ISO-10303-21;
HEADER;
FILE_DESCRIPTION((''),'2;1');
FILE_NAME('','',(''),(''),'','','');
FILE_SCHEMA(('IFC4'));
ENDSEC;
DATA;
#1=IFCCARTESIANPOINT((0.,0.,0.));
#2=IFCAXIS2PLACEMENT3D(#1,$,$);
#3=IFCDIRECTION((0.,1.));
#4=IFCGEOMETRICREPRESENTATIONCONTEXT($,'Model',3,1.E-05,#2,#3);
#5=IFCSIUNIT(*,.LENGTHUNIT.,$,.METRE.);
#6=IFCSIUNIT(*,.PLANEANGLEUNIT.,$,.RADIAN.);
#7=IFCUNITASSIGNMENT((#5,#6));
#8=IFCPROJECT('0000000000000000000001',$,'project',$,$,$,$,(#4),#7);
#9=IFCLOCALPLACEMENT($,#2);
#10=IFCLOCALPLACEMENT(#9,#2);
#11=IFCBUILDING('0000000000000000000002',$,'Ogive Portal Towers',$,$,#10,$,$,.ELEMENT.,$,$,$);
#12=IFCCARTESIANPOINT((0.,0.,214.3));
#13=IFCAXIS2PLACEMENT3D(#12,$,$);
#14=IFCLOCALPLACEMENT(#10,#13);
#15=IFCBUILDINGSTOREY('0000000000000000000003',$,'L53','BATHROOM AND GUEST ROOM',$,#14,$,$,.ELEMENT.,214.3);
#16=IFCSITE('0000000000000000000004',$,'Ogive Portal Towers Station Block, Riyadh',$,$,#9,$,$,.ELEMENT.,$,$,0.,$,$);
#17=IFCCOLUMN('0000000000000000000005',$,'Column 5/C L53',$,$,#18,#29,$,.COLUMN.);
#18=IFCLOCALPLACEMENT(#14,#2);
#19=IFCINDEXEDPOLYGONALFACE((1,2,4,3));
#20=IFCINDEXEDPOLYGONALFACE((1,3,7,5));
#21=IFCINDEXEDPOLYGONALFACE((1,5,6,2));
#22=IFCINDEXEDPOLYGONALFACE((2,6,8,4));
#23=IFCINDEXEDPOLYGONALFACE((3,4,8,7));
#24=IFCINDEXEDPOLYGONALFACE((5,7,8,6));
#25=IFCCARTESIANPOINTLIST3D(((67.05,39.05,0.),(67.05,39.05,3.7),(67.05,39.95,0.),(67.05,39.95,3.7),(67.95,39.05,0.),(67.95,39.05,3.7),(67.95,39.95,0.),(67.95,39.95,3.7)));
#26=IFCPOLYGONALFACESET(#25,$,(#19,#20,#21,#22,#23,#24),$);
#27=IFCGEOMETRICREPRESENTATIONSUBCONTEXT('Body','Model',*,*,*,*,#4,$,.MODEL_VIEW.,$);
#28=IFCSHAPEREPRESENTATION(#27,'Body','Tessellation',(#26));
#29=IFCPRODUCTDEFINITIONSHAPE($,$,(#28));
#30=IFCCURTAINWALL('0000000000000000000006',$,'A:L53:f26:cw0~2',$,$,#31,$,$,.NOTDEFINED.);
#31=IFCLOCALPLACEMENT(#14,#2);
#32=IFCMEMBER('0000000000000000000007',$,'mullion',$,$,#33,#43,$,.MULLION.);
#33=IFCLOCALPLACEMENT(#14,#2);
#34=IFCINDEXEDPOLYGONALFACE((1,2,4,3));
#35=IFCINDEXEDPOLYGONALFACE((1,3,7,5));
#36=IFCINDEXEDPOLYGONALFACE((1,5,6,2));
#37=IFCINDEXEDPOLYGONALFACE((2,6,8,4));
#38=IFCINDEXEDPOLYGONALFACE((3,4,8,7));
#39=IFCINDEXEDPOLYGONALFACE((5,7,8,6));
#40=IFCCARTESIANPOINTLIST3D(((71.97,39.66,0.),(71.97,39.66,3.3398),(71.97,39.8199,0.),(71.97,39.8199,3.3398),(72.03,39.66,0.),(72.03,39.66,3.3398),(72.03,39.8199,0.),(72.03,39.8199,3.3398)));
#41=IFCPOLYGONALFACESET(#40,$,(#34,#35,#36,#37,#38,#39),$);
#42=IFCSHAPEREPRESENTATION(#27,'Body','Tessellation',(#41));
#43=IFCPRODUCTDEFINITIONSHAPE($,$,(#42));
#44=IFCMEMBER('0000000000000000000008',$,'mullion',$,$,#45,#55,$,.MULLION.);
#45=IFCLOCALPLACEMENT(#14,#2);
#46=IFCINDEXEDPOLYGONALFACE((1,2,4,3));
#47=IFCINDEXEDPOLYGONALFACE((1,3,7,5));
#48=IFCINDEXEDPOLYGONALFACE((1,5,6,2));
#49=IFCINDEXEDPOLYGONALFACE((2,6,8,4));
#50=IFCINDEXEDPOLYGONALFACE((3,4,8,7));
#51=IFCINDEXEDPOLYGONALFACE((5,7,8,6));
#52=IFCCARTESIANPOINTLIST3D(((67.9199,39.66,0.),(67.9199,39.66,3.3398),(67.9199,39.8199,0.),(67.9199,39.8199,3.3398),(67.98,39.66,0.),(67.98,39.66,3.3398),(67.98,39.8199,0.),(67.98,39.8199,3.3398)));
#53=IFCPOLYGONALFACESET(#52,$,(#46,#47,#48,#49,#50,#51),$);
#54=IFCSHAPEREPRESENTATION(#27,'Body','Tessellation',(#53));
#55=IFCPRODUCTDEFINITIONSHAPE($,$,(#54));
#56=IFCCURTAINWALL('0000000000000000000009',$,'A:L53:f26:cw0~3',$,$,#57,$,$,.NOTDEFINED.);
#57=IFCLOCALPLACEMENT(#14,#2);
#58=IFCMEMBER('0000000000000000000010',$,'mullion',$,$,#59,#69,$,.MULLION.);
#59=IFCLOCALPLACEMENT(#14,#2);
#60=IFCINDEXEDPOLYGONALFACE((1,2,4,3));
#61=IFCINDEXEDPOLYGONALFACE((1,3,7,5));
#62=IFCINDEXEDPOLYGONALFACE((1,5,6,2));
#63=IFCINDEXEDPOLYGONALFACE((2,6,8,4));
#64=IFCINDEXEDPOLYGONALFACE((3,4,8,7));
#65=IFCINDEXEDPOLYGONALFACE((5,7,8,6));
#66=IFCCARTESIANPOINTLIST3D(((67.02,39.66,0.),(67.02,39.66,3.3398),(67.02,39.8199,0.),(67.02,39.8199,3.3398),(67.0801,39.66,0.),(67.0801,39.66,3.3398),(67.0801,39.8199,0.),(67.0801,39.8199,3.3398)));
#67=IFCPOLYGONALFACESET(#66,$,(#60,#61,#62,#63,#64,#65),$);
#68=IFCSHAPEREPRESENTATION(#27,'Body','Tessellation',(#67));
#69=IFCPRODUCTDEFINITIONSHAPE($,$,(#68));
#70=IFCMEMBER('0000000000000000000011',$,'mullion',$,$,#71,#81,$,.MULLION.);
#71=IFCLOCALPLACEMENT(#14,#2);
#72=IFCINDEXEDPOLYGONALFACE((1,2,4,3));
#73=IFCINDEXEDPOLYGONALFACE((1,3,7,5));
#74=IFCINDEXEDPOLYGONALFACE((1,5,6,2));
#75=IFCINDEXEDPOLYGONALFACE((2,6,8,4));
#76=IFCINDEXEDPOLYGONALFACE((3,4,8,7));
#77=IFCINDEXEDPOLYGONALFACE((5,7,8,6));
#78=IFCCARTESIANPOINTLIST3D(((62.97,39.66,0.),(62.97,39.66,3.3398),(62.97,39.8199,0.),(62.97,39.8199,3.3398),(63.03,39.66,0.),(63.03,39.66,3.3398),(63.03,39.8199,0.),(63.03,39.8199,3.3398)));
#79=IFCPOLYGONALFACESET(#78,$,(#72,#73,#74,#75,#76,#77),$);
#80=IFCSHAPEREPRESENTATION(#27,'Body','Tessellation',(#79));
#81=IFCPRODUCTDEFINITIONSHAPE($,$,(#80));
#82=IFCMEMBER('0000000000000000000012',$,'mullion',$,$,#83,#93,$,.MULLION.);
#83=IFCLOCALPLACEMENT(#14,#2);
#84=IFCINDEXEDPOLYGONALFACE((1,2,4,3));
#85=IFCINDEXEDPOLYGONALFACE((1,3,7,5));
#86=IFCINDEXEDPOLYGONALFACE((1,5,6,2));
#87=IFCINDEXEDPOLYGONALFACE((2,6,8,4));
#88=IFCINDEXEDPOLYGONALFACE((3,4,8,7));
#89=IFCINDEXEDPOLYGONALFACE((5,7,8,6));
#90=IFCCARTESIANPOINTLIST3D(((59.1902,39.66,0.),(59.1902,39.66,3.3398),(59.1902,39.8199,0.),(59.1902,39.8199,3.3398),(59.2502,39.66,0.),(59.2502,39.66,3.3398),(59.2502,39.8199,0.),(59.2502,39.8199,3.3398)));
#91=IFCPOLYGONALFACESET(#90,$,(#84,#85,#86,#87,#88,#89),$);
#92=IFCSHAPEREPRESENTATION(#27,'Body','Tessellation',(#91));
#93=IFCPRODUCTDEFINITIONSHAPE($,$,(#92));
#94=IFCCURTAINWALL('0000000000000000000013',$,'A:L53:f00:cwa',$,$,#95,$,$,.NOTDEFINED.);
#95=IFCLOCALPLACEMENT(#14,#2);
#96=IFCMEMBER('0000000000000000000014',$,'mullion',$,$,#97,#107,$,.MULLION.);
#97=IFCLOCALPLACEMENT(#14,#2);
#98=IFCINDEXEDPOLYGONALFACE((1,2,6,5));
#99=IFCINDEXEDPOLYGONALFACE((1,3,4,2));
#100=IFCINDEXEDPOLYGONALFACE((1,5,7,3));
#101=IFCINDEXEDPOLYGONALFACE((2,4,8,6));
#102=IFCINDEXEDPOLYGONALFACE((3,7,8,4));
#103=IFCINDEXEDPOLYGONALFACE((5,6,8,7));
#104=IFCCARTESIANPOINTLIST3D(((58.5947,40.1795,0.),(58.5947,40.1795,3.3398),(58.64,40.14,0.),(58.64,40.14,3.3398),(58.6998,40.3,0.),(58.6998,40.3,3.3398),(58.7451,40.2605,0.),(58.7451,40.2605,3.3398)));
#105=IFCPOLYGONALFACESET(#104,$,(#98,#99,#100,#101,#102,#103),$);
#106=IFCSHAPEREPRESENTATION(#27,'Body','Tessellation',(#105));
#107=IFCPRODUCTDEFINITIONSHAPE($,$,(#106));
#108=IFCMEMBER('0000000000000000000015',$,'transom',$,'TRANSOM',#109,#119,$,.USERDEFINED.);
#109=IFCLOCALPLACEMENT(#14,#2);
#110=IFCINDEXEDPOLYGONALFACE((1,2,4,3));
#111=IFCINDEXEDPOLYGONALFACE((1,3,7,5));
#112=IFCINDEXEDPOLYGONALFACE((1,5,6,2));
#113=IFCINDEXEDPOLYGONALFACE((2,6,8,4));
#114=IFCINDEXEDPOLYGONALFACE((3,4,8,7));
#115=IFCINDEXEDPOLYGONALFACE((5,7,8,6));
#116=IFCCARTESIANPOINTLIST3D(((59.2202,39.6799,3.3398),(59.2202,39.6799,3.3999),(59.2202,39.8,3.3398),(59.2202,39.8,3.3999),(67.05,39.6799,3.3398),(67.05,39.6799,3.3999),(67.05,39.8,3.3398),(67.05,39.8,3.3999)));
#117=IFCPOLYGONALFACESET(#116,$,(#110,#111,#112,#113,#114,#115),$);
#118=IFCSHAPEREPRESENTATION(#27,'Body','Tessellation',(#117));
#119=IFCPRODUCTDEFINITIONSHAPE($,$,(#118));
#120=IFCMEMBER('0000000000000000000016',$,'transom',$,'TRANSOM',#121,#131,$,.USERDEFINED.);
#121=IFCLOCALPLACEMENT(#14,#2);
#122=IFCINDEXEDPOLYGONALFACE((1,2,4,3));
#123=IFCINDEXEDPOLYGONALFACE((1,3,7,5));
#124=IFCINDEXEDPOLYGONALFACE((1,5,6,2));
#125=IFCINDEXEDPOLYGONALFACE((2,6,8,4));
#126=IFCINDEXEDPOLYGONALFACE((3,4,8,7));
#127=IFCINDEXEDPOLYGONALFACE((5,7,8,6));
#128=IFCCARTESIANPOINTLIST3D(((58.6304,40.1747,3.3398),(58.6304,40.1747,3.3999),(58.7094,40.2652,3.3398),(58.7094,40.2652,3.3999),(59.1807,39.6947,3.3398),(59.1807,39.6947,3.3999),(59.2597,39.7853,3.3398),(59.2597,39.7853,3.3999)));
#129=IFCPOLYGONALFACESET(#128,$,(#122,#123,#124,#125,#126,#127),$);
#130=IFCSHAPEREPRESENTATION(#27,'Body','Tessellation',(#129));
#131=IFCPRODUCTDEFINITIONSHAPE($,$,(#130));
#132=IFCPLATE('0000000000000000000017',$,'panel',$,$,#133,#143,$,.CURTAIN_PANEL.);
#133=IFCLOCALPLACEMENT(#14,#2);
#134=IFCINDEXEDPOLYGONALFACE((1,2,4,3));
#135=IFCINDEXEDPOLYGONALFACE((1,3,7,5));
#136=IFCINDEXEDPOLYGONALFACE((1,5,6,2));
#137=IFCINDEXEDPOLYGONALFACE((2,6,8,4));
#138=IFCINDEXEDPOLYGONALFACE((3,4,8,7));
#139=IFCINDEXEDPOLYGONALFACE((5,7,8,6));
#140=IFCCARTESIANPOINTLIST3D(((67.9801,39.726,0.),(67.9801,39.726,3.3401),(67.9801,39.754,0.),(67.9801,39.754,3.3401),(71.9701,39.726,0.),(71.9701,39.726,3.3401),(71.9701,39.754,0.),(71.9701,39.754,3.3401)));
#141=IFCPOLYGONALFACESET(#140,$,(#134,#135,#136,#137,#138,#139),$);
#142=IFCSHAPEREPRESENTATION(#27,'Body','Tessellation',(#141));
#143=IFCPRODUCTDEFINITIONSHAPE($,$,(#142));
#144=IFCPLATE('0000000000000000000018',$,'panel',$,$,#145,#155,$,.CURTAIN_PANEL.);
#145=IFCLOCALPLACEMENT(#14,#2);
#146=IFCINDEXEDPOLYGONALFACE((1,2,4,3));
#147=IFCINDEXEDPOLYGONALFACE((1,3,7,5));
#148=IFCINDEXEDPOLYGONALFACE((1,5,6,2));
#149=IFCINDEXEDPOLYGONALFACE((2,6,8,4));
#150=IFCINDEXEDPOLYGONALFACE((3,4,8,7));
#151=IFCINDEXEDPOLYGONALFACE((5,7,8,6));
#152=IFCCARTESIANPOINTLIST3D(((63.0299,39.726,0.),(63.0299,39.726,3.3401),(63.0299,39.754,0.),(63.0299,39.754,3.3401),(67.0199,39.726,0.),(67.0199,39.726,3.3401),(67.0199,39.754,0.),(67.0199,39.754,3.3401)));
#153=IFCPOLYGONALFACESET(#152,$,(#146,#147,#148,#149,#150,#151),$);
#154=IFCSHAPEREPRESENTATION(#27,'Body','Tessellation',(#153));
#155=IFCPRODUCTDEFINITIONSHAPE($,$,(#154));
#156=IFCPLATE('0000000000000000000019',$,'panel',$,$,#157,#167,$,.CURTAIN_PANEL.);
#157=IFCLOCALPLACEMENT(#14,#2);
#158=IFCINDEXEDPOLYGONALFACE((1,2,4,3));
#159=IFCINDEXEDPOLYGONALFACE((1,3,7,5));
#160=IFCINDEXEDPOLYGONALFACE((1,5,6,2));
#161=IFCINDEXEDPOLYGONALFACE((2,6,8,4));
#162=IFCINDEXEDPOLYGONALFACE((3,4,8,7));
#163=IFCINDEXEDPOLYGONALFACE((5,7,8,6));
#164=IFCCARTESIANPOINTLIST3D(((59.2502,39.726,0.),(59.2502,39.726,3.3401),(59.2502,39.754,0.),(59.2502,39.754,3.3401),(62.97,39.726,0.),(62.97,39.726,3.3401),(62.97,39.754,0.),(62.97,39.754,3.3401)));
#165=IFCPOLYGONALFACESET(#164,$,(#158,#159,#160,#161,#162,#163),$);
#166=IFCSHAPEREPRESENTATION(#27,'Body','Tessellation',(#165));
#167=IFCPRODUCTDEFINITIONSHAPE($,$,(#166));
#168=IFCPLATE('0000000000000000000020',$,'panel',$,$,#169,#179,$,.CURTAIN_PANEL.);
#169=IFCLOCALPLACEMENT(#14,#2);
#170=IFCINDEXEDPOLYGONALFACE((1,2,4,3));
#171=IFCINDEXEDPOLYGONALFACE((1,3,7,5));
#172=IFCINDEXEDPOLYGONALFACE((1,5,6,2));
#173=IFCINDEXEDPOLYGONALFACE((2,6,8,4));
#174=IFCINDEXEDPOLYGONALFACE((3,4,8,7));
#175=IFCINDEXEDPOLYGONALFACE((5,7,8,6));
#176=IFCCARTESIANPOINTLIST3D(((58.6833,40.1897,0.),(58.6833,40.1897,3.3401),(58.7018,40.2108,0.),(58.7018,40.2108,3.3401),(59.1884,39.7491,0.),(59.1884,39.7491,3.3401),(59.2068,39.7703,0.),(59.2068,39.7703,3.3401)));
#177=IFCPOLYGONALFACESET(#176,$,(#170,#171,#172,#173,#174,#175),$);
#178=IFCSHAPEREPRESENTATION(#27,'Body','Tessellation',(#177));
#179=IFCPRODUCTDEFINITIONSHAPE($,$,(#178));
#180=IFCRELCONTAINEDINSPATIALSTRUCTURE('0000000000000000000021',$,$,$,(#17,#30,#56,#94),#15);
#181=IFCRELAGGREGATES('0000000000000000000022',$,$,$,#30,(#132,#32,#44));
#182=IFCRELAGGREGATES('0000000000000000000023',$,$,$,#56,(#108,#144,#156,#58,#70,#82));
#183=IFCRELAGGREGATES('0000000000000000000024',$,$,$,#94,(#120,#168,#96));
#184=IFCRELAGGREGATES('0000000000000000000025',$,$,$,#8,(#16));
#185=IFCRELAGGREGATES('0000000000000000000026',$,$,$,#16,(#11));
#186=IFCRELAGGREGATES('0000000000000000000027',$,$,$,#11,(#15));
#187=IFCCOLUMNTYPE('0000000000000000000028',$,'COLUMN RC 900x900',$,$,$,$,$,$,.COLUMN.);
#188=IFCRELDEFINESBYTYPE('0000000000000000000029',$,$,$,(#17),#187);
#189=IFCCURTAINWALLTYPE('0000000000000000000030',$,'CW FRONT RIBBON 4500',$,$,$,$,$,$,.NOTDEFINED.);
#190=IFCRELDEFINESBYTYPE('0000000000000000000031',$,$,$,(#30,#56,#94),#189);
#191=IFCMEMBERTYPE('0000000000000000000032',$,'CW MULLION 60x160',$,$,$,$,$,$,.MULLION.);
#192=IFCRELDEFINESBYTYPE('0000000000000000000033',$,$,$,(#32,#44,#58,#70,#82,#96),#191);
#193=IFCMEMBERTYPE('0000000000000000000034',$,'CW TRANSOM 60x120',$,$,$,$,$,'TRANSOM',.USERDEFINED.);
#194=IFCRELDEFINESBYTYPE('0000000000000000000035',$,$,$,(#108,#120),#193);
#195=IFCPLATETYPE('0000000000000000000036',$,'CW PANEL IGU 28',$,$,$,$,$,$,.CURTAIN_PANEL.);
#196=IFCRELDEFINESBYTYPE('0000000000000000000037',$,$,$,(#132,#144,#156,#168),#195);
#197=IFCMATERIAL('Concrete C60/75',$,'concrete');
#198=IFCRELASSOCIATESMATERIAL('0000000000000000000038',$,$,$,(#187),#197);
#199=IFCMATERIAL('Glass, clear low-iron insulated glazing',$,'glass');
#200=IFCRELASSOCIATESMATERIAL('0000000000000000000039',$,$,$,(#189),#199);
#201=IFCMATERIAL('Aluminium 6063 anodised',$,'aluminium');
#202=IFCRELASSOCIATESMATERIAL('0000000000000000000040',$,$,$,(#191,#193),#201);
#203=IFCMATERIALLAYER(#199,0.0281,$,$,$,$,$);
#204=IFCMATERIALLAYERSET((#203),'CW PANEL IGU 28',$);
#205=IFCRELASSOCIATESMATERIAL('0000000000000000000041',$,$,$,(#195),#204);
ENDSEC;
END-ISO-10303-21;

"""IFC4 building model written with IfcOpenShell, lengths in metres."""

from ifc_helpers import new_model, si_unit, direction, frame, origin, origin_2d, place, context, subcontext, project, spatial, rectangle, extrude, material, layer, layer_set, material_profile, profile_set, type_object, element, aggregate, save


model = new_model("IFC4")

# Units and contexts
model_context = context("Model", 3, precision=1e-05, world=origin(), true_north=direction((0.0, 1.0)))
body_context = subcontext(model_context, "Body", "Model", "MODEL_VIEW")
ifc_project = project(units=[si_unit("LENGTHUNIT", "METRE"), si_unit("PLANEANGLEUNIT", "RADIAN")], contexts=[model_context])

# Site, building, storey
site_placement = place(None, origin())
site = spatial("IfcSite", under=ifc_project, at=site_placement, Name="Ogive Portal Towers Station Block, Riyadh", CompositionType="ELEMENT", RefElevation=0.0)
building_placement = place(site_placement, origin())
building = spatial("IfcBuilding", under=site, at=building_placement, Name="Ogive Portal Towers", CompositionType="ELEMENT")
storey_placement = place(building_placement, frame((0.0, 0.0, 214.3)))
storey = spatial("IfcBuildingStorey", under=building, at=storey_placement, Name="L53", Description="BATHROOM AND GUEST ROOM", CompositionType="ELEMENT", Elevation=214.3)

# Column
ifc_material_1 = material(Name="Concrete C60/75", Category="concrete")
ifc_material_profile_1 = material_profile(ifc_material_1, rectangle(XDim=0.8999, YDim=0.8999, at=origin_2d()), Name="RC 900x900")
ifc_profile_set_1 = profile_set([ifc_material_profile_1], Name="Concrete C60/75")
column_type = type_object("IfcColumnType", Name="COLUMN RC 900x900", PredefinedType="COLUMN", material=ifc_profile_set_1)
column_placement = place(storey_placement, frame((67.5, 39.5, 0.0), z_axis=(0.0, 0.0, 1.0), x_axis=(1.0, 0.0, 0.0)))
element("IfcColumn", 1, at=column_placement, inside=storey, type_object=column_type, Name="Column 5/C L53", PredefinedType="COLUMN", context=body_context, shape_type="SweptSolid", body=[
    extrude(rectangle(XDim=0.8999, YDim=0.8999, at=origin_2d()), origin(), (0.0, 0.0, 1.0), 3.7),
])

# Curtain walls, members
ifc_material_2 = material(Name="Glass, clear low-iron insulated glazing", Category="glass")
curtain_wall_type = type_object("IfcCurtainWallType", Name="CW FRONT RIBBON 4500", PredefinedType="NOTDEFINED", material=ifc_material_2)
curtain_wall_1_placement = place(storey_placement, origin())
curtain_wall_1 = element("IfcCurtainWall", 2, at=curtain_wall_1_placement, inside=storey, type_object=curtain_wall_type, Name="A:L53:f26:cw0~2", PredefinedType="NOTDEFINED")
ifc_material_3 = material(Name="Aluminium 6063 anodised", Category="aluminium")
ifc_material_profile_2 = material_profile(ifc_material_3, rectangle(XDim=0.1599, YDim=0.0601, at=origin_2d()), Name="AL 60x160")
ifc_profile_set_2 = profile_set([ifc_material_profile_2], Name="Aluminium 6063 anodised")
member_type_1 = type_object("IfcMemberType", Name="CW MULLION 60x160", PredefinedType="MULLION", material=ifc_profile_set_2)
member_1_placement = place(storey_placement, frame((72.0, 39.74, 0.0), z_axis=(0.0, 0.0, 1.0), x_axis=(0.0, -1.0, 0.0)))
member_1 = element("IfcMember", 3, at=member_1_placement, type_object=member_type_1, Name="mullion", PredefinedType="MULLION", context=body_context, shape_type="SweptSolid", body=[
    extrude(rectangle(XDim=0.1599, YDim=0.0601, at=origin_2d()), origin(), (0.0, 0.0, 1.0), 3.3398),
])
member_2_placement = place(storey_placement, frame((67.95, 39.74, 0.0), z_axis=(0.0, 0.0, 1.0), x_axis=(0.0, -1.0, 0.0)))
member_2 = element("IfcMember", 4, at=member_2_placement, type_object=member_type_1, Name="mullion", PredefinedType="MULLION", context=body_context, shape_type="SweptSolid", body=[
    extrude(rectangle(XDim=0.1599, YDim=0.0601, at=origin_2d()), origin(), (0.0, 0.0, 1.0), 3.3398),
])
curtain_wall_2_placement = place(storey_placement, origin())
curtain_wall_2 = element("IfcCurtainWall", 5, at=curtain_wall_2_placement, inside=storey, type_object=curtain_wall_type, Name="A:L53:f26:cw0~3", PredefinedType="NOTDEFINED")
member_3_placement = place(storey_placement, frame((67.05, 39.74, 0.0), z_axis=(0.0, 0.0, 1.0), x_axis=(0.0, -1.0, 0.0)))
member_3 = element("IfcMember", 6, at=member_3_placement, type_object=member_type_1, Name="mullion", PredefinedType="MULLION", context=body_context, shape_type="SweptSolid", body=[
    extrude(rectangle(XDim=0.1599, YDim=0.0601, at=origin_2d()), origin(), (0.0, 0.0, 1.0), 3.3398),
])
member_4_placement = place(storey_placement, frame((63.0, 39.74, 0.0), z_axis=(0.0, 0.0, 1.0), x_axis=(0.0, -1.0, 0.0)))
member_4 = element("IfcMember", 7, at=member_4_placement, type_object=member_type_1, Name="mullion", PredefinedType="MULLION", context=body_context, shape_type="SweptSolid", body=[
    extrude(rectangle(XDim=0.1599, YDim=0.0601, at=origin_2d()), origin(), (0.0, 0.0, 1.0), 3.3398),
])
member_5_placement = place(storey_placement, frame((59.2202, 39.74, 0.0), z_axis=(0.0, 0.0, 1.0), x_axis=(0.0, -1.0, 0.0)))
member_5 = element("IfcMember", 8, at=member_5_placement, type_object=member_type_1, Name="mullion", PredefinedType="MULLION", context=body_context, shape_type="SweptSolid", body=[
    extrude(rectangle(XDim=0.1599, YDim=0.0601, at=origin_2d()), origin(), (0.0, 0.0, 1.0), 3.3398),
])

# Curtain wall, member
curtain_wall_3_placement = place(storey_placement, origin())
curtain_wall_3 = element("IfcCurtainWall", 9, at=curtain_wall_3_placement, inside=storey, type_object=curtain_wall_type, Name="A:L53:f00:cwa", PredefinedType="NOTDEFINED")
member_6_placement = place(storey_placement, frame((58.6699, 40.22, 0.0), z_axis=(0.0, 0.0, 1.0), x_axis=(-0.657335, -0.753599, 0.0)))
member_6 = element("IfcMember", 10, at=member_6_placement, type_object=member_type_1, Name="mullion", PredefinedType="MULLION", context=body_context, shape_type="SweptSolid", body=[
    extrude(rectangle(XDim=0.1599, YDim=0.0601, at=origin_2d()), origin(), (0.0, 0.0, 1.0), 3.3398),
])

# Members
ifc_material_profile_3 = material_profile(ifc_material_3, rectangle(XDim=0.1201, YDim=0.0601, at=origin_2d()), Name="AL 120x60")
ifc_profile_set_3 = profile_set([ifc_material_profile_3], Name="Aluminium 6063 anodised")
member_type_2 = type_object("IfcMemberType", Name="CW TRANSOM 60x120", ElementType="TRANSOM", PredefinedType="USERDEFINED", material=ifc_profile_set_3)
member_7_placement = place(storey_placement, frame((67.05, 39.74, 3.3699), z_axis=(-1.0, 0.0, 0.0), x_axis=(0.0, -1.0, 0.0)))
member_7 = element("IfcMember", 11, at=member_7_placement, type_object=member_type_2, Name="transom", ObjectType="TRANSOM", PredefinedType="USERDEFINED", context=body_context, shape_type="SweptSolid", body=[
    extrude(rectangle(XDim=0.1201, YDim=0.0601, at=origin_2d()), origin(), (0.0, 0.0, 1.0), 7.8298),
])
member_8_placement = place(storey_placement, frame((59.2202, 39.74, 3.3699), z_axis=(-0.753611, 0.65732, 0.0), x_axis=(-0.65732, -0.753611, 0.0)))
member_8 = element("IfcMember", 12, at=member_8_placement, type_object=member_type_2, Name="transom", ObjectType="TRANSOM", PredefinedType="USERDEFINED", context=body_context, shape_type="SweptSolid", body=[
    extrude(rectangle(XDim=0.1201, YDim=0.0601, at=origin_2d()), origin(), (0.0, 0.0, 1.0), 0.7302),
])

# Plates
ifc_layer_1 = layer(ifc_material_2, 0.0281)
ifc_layer_set_1 = layer_set([ifc_layer_1], Name="CW PANEL IGU 28")
plate_type = type_object("IfcPlateType", Name="CW PANEL IGU 28", PredefinedType="CURTAIN_PANEL", material=ifc_layer_set_1)
plate_1_placement = place(storey_placement, frame((69.9751, 39.74, 0.0), z_axis=(0.0, 0.0, 1.0), x_axis=(-1.0, 0.0, 0.0)))
plate_1 = element("IfcPlate", 13, at=plate_1_placement, type_object=plate_type, Name="panel", PredefinedType="CURTAIN_PANEL", context=body_context, shape_type="SweptSolid", body=[
    extrude(rectangle(XDim=3.99, YDim=0.0281, at=origin_2d()), origin(), (0.0, 0.0, 1.0), 3.3401),
])
aggregate(curtain_wall_1, [plate_1, member_1, member_2])
plate_2_placement = place(storey_placement, frame((65.0249, 39.74, 0.0), z_axis=(0.0, 0.0, 1.0), x_axis=(-1.0, 0.0, 0.0)))
plate_2 = element("IfcPlate", 14, at=plate_2_placement, type_object=plate_type, Name="panel", PredefinedType="CURTAIN_PANEL", context=body_context, shape_type="SweptSolid", body=[
    extrude(rectangle(XDim=3.99, YDim=0.0281, at=origin_2d()), origin(), (0.0, 0.0, 1.0), 3.3401),
])
plate_3_placement = place(storey_placement, frame((61.1101, 39.74, 0.0), z_axis=(0.0, 0.0, 1.0), x_axis=(-1.0, 0.0, 0.0)))
plate_3 = element("IfcPlate", 15, at=plate_3_placement, type_object=plate_type, Name="panel", PredefinedType="CURTAIN_PANEL", context=body_context, shape_type="SweptSolid", body=[
    extrude(rectangle(XDim=3.7197, YDim=0.0281, at=origin_2d()), origin(), (0.0, 0.0, 1.0), 3.3401),
])
aggregate(curtain_wall_2, [member_7, plate_2, plate_3, member_3, member_4, member_5])
plate_4_placement = place(storey_placement, frame((58.9451, 39.98, 0.0), z_axis=(0.0, 0.0, 1.0), x_axis=(-0.753599, 0.657335, 0.0)))
plate_4 = element("IfcPlate", 16, at=plate_4_placement, type_object=plate_type, Name="panel", PredefinedType="CURTAIN_PANEL", context=body_context, shape_type="SweptSolid", body=[
    extrude(rectangle(XDim=0.6702, YDim=0.0281, at=origin_2d()), origin(), (0.0, 0.0, 1.0), 3.3401),
])
aggregate(curtain_wall_3, [member_8, plate_4, member_6])

save(model, "model.ifc")
